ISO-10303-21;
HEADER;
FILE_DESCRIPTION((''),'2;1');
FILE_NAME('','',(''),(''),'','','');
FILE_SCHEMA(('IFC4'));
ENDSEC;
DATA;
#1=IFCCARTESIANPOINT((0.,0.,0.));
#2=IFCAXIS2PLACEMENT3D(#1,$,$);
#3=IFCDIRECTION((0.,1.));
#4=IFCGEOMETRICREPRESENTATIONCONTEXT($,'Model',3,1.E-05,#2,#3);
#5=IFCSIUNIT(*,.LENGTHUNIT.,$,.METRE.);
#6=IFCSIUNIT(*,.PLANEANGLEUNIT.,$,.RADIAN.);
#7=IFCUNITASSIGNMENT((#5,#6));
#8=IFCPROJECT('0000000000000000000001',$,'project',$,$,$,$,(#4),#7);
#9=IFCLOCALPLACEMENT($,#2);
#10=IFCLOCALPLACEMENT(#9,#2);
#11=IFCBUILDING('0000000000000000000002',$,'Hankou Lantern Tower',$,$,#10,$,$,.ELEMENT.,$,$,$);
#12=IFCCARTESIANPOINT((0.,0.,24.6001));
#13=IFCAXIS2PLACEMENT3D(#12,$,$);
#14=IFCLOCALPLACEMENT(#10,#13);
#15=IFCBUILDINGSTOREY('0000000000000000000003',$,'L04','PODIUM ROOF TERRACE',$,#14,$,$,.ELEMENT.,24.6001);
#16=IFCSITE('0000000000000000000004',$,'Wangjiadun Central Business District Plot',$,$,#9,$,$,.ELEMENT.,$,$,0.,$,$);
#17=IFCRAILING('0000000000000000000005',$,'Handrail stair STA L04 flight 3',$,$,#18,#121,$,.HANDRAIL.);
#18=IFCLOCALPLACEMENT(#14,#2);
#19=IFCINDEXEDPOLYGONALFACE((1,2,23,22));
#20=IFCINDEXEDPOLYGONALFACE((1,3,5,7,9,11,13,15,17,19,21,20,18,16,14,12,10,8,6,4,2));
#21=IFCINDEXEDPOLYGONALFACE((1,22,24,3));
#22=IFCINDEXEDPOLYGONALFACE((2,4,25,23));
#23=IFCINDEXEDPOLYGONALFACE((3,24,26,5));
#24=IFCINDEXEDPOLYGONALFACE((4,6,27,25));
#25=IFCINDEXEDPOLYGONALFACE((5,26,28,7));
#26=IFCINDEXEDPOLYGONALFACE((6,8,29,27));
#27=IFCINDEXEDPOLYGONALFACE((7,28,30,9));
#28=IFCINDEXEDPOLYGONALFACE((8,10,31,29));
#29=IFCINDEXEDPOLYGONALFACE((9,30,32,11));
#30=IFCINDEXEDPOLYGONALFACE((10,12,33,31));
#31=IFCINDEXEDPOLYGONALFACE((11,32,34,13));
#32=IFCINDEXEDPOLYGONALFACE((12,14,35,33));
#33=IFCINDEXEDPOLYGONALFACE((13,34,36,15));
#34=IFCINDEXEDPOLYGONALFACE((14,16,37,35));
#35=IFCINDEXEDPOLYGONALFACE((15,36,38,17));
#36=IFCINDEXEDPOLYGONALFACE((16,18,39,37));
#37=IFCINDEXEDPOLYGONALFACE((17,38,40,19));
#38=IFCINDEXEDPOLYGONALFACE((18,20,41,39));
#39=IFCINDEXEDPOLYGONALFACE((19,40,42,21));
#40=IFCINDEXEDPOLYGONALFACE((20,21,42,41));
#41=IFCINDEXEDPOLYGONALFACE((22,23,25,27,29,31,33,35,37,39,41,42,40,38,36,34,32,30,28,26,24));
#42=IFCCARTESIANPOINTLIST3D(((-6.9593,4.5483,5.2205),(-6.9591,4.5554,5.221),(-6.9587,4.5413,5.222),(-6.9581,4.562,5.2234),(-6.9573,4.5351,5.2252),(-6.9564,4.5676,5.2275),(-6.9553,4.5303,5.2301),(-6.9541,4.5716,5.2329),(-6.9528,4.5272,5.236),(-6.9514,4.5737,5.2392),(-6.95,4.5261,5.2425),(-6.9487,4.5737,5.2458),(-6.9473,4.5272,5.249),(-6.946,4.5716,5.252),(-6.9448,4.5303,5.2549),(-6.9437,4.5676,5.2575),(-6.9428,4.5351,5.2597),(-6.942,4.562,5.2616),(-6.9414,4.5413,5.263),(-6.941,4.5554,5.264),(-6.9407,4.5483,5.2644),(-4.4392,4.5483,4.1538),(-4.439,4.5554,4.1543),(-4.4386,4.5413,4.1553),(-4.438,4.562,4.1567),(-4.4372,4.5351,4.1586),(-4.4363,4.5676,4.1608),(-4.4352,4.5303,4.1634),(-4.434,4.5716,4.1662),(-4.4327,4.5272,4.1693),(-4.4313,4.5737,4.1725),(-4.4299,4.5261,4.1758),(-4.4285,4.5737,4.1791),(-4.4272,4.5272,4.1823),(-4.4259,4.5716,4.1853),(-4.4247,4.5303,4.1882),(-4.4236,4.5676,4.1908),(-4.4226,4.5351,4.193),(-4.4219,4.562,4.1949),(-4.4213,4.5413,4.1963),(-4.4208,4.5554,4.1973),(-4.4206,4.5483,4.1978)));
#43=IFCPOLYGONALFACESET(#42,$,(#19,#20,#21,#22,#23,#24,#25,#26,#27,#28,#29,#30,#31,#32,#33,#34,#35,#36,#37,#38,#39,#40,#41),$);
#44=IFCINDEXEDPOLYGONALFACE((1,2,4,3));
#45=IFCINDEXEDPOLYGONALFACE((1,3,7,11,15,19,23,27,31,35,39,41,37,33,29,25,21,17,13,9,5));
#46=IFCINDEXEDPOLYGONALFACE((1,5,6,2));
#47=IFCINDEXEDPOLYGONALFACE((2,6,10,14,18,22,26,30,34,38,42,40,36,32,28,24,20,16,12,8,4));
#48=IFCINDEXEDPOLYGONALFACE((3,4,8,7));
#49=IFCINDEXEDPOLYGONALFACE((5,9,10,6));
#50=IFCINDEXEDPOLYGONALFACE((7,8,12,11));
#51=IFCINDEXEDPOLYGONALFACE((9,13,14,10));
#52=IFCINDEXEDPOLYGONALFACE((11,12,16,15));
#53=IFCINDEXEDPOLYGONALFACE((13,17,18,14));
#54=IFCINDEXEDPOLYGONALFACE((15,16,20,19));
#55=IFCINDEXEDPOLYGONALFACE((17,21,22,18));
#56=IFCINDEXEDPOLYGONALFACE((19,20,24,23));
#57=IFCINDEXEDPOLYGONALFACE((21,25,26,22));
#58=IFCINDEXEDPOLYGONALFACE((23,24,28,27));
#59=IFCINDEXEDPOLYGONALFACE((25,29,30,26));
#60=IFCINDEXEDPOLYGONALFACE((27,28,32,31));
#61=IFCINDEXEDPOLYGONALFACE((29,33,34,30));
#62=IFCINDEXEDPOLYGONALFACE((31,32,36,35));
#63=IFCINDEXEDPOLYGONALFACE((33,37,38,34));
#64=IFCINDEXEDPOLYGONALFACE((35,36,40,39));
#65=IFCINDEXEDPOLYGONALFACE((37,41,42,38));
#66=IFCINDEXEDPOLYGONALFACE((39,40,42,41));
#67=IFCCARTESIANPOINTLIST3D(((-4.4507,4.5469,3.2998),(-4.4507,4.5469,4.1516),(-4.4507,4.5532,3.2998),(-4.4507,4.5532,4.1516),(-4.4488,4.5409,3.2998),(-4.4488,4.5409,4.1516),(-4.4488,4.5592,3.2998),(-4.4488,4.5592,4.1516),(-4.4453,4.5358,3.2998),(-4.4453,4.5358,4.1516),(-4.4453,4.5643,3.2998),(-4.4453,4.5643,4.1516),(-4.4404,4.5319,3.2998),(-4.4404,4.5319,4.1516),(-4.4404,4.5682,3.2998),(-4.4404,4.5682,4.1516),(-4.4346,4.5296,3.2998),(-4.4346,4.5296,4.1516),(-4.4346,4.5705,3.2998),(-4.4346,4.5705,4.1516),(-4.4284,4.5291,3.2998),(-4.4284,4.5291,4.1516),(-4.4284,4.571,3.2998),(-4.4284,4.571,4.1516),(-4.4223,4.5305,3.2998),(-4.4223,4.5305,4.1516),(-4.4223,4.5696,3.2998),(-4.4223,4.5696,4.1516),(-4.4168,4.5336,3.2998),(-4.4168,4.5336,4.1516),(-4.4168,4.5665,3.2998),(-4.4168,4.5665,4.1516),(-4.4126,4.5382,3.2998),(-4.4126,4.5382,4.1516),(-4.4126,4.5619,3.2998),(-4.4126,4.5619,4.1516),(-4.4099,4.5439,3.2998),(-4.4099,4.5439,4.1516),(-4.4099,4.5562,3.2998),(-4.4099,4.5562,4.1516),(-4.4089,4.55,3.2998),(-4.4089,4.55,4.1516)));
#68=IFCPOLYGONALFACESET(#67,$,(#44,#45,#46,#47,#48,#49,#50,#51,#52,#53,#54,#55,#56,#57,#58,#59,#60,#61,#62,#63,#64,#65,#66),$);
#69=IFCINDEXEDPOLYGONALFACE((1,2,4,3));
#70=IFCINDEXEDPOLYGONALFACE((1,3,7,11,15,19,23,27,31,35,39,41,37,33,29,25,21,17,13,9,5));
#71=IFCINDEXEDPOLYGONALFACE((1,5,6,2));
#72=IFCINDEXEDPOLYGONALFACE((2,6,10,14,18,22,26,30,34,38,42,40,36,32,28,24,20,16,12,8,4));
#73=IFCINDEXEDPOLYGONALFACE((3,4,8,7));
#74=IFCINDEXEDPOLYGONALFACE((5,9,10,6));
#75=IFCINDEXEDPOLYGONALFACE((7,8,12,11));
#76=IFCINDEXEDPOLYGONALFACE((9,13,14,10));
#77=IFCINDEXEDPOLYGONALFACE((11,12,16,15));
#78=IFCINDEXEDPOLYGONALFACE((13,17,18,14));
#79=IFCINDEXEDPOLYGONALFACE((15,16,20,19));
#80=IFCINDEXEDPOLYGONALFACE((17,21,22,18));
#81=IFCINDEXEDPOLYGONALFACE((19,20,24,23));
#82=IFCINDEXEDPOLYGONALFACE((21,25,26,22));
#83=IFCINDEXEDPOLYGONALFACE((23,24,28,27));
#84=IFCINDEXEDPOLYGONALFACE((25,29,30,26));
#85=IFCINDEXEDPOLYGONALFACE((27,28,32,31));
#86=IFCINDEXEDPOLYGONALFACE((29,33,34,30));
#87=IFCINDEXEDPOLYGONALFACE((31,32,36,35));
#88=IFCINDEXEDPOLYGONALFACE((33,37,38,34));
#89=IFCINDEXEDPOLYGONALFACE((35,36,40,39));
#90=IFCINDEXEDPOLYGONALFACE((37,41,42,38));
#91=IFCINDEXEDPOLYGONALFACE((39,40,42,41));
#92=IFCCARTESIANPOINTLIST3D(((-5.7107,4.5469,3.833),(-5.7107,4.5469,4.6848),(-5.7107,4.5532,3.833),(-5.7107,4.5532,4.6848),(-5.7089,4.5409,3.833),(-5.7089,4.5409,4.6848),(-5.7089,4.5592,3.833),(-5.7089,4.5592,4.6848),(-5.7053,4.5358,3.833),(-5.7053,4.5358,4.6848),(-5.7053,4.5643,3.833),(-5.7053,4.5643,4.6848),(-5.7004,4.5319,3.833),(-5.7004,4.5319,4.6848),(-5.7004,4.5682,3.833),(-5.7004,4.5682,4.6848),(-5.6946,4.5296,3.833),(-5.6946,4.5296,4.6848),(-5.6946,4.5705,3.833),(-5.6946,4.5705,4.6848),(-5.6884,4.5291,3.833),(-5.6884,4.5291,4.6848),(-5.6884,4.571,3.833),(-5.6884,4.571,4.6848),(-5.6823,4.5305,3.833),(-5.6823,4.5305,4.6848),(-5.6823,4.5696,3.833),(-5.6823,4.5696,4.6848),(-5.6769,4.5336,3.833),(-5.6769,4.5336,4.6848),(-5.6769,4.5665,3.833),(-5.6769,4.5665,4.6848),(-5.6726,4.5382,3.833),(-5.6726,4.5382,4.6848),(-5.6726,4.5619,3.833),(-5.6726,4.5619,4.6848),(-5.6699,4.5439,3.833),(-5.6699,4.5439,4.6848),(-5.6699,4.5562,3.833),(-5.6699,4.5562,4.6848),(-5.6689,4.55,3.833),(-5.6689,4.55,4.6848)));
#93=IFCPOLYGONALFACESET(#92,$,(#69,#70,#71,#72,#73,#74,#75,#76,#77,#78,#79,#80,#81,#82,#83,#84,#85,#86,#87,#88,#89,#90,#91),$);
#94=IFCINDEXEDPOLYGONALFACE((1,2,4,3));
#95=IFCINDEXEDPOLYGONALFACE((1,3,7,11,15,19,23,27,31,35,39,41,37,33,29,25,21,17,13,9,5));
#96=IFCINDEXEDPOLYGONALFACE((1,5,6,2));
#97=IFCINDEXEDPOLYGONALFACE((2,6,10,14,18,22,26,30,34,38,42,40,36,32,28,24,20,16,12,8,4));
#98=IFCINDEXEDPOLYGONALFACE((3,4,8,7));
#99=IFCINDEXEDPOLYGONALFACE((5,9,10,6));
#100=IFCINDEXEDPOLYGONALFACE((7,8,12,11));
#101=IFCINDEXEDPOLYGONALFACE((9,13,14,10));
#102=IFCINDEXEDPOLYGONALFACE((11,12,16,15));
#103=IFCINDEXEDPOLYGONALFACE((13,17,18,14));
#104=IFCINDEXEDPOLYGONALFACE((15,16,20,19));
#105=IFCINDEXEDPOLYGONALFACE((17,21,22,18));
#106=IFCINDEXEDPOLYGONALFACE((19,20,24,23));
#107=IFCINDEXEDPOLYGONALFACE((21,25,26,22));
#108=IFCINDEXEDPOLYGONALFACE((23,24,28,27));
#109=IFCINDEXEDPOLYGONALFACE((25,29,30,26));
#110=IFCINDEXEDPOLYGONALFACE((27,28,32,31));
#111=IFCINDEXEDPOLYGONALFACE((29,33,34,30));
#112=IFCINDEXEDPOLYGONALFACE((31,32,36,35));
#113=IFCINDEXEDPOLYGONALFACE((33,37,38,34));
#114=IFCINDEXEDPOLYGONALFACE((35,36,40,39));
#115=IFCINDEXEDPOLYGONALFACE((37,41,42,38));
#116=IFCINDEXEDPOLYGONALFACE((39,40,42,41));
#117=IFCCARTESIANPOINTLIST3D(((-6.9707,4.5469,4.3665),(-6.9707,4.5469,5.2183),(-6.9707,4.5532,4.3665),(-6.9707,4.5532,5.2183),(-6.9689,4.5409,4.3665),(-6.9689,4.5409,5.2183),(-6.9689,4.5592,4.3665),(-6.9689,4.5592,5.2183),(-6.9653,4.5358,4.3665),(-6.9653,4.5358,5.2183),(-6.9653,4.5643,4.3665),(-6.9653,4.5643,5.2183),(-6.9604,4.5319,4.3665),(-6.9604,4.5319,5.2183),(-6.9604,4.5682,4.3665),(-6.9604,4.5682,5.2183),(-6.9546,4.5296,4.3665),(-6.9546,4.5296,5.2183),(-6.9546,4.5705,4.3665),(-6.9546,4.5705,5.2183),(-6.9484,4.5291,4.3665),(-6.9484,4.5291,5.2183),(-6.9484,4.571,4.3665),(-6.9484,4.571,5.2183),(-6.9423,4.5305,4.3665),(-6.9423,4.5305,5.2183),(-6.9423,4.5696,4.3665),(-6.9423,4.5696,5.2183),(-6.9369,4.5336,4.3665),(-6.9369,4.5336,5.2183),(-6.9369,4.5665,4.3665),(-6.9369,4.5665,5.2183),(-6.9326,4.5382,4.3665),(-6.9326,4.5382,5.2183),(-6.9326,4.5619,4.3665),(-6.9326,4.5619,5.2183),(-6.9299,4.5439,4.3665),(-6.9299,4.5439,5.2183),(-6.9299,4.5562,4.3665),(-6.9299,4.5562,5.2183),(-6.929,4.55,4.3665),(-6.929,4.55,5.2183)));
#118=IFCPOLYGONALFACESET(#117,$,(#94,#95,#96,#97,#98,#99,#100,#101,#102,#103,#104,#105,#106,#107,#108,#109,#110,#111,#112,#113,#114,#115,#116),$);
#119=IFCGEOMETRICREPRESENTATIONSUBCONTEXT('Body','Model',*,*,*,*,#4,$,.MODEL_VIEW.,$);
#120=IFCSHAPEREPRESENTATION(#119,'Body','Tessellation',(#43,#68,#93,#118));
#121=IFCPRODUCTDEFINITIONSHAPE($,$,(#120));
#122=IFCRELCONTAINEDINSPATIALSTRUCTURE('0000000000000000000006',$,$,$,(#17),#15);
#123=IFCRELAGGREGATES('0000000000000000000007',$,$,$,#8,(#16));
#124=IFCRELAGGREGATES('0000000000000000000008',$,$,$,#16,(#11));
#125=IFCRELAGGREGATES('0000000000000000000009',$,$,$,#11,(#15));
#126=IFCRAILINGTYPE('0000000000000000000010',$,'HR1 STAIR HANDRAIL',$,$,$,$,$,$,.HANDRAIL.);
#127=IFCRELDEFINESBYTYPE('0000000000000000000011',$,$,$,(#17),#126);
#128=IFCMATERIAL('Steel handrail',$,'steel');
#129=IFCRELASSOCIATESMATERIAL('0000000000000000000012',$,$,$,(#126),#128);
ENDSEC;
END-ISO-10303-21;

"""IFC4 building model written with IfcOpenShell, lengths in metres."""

from ifc_helpers import new_model, si_unit, direction, frame, origin, origin_2d, place, context, subcontext, project, spatial, circle, extrude, material, type_object, element, save


model = new_model("IFC4")

# Units and contexts
model_context = context("Model", 3, precision=1e-05, world=origin(), true_north=direction((0.0, 1.0)))
body_context = subcontext(model_context, "Body", "Model", "MODEL_VIEW")
ifc_project = project(units=[si_unit("LENGTHUNIT", "METRE"), si_unit("PLANEANGLEUNIT", "RADIAN")], contexts=[model_context])

# Site, building, storey
site_placement = place(None, origin())
site = spatial("IfcSite", under=ifc_project, at=site_placement, Name="Wangjiadun Central Business District Plot", CompositionType="ELEMENT", RefElevation=0.0)
building_placement = place(site_placement, origin())
building = spatial("IfcBuilding", under=site, at=building_placement, Name="Hankou Lantern Tower", CompositionType="ELEMENT")
storey_placement = place(building_placement, frame((0.0, 0.0, 24.6001)))
storey = spatial("IfcBuildingStorey", under=building, at=storey_placement, Name="L04", Description="PODIUM ROOF TERRACE", CompositionType="ELEMENT", Elevation=24.6001)

# Railing
ifc_material_1 = material(Name="Steel handrail", Category="steel")
railing_type = type_object("IfcRailingType", Name="HR1 STAIR HANDRAIL", PredefinedType="HANDRAIL", material=ifc_material_1)
railing_1_placement = place(storey_placement, frame((-4.4299, 4.55, 3.2998)))
element("IfcRailing", 1, at=railing_1_placement, inside=storey, type_object=railing_type, Name="Handrail stair STA L04 flight 3", PredefinedType="HANDRAIL", context=body_context, shape_type="SweptSolid", body=[
    extrude(circle(Radius=0.0239, at=origin_2d()), frame((0.0, 0.0, 0.876), z_axis=(-0.920903, 0.0, 0.389791), x_axis=(0.0, -1.0, 0.0)), (0.0, 0.0, 1.0), 2.7366),
    extrude(circle(Radius=0.021, at=origin_2d()), origin(), (0.0, 0.0, 1.0), 0.8518),
    extrude(circle(Radius=0.021, at=origin_2d()), frame((-1.26, 0.0, 0.5332)), (0.0, 0.0, 1.0), 0.8518),
    extrude(circle(Radius=0.021, at=origin_2d()), frame((-2.52, 0.0, 1.0667)), (0.0, 0.0, 1.0), 0.8518),
])

save(model, "model.ifc")
